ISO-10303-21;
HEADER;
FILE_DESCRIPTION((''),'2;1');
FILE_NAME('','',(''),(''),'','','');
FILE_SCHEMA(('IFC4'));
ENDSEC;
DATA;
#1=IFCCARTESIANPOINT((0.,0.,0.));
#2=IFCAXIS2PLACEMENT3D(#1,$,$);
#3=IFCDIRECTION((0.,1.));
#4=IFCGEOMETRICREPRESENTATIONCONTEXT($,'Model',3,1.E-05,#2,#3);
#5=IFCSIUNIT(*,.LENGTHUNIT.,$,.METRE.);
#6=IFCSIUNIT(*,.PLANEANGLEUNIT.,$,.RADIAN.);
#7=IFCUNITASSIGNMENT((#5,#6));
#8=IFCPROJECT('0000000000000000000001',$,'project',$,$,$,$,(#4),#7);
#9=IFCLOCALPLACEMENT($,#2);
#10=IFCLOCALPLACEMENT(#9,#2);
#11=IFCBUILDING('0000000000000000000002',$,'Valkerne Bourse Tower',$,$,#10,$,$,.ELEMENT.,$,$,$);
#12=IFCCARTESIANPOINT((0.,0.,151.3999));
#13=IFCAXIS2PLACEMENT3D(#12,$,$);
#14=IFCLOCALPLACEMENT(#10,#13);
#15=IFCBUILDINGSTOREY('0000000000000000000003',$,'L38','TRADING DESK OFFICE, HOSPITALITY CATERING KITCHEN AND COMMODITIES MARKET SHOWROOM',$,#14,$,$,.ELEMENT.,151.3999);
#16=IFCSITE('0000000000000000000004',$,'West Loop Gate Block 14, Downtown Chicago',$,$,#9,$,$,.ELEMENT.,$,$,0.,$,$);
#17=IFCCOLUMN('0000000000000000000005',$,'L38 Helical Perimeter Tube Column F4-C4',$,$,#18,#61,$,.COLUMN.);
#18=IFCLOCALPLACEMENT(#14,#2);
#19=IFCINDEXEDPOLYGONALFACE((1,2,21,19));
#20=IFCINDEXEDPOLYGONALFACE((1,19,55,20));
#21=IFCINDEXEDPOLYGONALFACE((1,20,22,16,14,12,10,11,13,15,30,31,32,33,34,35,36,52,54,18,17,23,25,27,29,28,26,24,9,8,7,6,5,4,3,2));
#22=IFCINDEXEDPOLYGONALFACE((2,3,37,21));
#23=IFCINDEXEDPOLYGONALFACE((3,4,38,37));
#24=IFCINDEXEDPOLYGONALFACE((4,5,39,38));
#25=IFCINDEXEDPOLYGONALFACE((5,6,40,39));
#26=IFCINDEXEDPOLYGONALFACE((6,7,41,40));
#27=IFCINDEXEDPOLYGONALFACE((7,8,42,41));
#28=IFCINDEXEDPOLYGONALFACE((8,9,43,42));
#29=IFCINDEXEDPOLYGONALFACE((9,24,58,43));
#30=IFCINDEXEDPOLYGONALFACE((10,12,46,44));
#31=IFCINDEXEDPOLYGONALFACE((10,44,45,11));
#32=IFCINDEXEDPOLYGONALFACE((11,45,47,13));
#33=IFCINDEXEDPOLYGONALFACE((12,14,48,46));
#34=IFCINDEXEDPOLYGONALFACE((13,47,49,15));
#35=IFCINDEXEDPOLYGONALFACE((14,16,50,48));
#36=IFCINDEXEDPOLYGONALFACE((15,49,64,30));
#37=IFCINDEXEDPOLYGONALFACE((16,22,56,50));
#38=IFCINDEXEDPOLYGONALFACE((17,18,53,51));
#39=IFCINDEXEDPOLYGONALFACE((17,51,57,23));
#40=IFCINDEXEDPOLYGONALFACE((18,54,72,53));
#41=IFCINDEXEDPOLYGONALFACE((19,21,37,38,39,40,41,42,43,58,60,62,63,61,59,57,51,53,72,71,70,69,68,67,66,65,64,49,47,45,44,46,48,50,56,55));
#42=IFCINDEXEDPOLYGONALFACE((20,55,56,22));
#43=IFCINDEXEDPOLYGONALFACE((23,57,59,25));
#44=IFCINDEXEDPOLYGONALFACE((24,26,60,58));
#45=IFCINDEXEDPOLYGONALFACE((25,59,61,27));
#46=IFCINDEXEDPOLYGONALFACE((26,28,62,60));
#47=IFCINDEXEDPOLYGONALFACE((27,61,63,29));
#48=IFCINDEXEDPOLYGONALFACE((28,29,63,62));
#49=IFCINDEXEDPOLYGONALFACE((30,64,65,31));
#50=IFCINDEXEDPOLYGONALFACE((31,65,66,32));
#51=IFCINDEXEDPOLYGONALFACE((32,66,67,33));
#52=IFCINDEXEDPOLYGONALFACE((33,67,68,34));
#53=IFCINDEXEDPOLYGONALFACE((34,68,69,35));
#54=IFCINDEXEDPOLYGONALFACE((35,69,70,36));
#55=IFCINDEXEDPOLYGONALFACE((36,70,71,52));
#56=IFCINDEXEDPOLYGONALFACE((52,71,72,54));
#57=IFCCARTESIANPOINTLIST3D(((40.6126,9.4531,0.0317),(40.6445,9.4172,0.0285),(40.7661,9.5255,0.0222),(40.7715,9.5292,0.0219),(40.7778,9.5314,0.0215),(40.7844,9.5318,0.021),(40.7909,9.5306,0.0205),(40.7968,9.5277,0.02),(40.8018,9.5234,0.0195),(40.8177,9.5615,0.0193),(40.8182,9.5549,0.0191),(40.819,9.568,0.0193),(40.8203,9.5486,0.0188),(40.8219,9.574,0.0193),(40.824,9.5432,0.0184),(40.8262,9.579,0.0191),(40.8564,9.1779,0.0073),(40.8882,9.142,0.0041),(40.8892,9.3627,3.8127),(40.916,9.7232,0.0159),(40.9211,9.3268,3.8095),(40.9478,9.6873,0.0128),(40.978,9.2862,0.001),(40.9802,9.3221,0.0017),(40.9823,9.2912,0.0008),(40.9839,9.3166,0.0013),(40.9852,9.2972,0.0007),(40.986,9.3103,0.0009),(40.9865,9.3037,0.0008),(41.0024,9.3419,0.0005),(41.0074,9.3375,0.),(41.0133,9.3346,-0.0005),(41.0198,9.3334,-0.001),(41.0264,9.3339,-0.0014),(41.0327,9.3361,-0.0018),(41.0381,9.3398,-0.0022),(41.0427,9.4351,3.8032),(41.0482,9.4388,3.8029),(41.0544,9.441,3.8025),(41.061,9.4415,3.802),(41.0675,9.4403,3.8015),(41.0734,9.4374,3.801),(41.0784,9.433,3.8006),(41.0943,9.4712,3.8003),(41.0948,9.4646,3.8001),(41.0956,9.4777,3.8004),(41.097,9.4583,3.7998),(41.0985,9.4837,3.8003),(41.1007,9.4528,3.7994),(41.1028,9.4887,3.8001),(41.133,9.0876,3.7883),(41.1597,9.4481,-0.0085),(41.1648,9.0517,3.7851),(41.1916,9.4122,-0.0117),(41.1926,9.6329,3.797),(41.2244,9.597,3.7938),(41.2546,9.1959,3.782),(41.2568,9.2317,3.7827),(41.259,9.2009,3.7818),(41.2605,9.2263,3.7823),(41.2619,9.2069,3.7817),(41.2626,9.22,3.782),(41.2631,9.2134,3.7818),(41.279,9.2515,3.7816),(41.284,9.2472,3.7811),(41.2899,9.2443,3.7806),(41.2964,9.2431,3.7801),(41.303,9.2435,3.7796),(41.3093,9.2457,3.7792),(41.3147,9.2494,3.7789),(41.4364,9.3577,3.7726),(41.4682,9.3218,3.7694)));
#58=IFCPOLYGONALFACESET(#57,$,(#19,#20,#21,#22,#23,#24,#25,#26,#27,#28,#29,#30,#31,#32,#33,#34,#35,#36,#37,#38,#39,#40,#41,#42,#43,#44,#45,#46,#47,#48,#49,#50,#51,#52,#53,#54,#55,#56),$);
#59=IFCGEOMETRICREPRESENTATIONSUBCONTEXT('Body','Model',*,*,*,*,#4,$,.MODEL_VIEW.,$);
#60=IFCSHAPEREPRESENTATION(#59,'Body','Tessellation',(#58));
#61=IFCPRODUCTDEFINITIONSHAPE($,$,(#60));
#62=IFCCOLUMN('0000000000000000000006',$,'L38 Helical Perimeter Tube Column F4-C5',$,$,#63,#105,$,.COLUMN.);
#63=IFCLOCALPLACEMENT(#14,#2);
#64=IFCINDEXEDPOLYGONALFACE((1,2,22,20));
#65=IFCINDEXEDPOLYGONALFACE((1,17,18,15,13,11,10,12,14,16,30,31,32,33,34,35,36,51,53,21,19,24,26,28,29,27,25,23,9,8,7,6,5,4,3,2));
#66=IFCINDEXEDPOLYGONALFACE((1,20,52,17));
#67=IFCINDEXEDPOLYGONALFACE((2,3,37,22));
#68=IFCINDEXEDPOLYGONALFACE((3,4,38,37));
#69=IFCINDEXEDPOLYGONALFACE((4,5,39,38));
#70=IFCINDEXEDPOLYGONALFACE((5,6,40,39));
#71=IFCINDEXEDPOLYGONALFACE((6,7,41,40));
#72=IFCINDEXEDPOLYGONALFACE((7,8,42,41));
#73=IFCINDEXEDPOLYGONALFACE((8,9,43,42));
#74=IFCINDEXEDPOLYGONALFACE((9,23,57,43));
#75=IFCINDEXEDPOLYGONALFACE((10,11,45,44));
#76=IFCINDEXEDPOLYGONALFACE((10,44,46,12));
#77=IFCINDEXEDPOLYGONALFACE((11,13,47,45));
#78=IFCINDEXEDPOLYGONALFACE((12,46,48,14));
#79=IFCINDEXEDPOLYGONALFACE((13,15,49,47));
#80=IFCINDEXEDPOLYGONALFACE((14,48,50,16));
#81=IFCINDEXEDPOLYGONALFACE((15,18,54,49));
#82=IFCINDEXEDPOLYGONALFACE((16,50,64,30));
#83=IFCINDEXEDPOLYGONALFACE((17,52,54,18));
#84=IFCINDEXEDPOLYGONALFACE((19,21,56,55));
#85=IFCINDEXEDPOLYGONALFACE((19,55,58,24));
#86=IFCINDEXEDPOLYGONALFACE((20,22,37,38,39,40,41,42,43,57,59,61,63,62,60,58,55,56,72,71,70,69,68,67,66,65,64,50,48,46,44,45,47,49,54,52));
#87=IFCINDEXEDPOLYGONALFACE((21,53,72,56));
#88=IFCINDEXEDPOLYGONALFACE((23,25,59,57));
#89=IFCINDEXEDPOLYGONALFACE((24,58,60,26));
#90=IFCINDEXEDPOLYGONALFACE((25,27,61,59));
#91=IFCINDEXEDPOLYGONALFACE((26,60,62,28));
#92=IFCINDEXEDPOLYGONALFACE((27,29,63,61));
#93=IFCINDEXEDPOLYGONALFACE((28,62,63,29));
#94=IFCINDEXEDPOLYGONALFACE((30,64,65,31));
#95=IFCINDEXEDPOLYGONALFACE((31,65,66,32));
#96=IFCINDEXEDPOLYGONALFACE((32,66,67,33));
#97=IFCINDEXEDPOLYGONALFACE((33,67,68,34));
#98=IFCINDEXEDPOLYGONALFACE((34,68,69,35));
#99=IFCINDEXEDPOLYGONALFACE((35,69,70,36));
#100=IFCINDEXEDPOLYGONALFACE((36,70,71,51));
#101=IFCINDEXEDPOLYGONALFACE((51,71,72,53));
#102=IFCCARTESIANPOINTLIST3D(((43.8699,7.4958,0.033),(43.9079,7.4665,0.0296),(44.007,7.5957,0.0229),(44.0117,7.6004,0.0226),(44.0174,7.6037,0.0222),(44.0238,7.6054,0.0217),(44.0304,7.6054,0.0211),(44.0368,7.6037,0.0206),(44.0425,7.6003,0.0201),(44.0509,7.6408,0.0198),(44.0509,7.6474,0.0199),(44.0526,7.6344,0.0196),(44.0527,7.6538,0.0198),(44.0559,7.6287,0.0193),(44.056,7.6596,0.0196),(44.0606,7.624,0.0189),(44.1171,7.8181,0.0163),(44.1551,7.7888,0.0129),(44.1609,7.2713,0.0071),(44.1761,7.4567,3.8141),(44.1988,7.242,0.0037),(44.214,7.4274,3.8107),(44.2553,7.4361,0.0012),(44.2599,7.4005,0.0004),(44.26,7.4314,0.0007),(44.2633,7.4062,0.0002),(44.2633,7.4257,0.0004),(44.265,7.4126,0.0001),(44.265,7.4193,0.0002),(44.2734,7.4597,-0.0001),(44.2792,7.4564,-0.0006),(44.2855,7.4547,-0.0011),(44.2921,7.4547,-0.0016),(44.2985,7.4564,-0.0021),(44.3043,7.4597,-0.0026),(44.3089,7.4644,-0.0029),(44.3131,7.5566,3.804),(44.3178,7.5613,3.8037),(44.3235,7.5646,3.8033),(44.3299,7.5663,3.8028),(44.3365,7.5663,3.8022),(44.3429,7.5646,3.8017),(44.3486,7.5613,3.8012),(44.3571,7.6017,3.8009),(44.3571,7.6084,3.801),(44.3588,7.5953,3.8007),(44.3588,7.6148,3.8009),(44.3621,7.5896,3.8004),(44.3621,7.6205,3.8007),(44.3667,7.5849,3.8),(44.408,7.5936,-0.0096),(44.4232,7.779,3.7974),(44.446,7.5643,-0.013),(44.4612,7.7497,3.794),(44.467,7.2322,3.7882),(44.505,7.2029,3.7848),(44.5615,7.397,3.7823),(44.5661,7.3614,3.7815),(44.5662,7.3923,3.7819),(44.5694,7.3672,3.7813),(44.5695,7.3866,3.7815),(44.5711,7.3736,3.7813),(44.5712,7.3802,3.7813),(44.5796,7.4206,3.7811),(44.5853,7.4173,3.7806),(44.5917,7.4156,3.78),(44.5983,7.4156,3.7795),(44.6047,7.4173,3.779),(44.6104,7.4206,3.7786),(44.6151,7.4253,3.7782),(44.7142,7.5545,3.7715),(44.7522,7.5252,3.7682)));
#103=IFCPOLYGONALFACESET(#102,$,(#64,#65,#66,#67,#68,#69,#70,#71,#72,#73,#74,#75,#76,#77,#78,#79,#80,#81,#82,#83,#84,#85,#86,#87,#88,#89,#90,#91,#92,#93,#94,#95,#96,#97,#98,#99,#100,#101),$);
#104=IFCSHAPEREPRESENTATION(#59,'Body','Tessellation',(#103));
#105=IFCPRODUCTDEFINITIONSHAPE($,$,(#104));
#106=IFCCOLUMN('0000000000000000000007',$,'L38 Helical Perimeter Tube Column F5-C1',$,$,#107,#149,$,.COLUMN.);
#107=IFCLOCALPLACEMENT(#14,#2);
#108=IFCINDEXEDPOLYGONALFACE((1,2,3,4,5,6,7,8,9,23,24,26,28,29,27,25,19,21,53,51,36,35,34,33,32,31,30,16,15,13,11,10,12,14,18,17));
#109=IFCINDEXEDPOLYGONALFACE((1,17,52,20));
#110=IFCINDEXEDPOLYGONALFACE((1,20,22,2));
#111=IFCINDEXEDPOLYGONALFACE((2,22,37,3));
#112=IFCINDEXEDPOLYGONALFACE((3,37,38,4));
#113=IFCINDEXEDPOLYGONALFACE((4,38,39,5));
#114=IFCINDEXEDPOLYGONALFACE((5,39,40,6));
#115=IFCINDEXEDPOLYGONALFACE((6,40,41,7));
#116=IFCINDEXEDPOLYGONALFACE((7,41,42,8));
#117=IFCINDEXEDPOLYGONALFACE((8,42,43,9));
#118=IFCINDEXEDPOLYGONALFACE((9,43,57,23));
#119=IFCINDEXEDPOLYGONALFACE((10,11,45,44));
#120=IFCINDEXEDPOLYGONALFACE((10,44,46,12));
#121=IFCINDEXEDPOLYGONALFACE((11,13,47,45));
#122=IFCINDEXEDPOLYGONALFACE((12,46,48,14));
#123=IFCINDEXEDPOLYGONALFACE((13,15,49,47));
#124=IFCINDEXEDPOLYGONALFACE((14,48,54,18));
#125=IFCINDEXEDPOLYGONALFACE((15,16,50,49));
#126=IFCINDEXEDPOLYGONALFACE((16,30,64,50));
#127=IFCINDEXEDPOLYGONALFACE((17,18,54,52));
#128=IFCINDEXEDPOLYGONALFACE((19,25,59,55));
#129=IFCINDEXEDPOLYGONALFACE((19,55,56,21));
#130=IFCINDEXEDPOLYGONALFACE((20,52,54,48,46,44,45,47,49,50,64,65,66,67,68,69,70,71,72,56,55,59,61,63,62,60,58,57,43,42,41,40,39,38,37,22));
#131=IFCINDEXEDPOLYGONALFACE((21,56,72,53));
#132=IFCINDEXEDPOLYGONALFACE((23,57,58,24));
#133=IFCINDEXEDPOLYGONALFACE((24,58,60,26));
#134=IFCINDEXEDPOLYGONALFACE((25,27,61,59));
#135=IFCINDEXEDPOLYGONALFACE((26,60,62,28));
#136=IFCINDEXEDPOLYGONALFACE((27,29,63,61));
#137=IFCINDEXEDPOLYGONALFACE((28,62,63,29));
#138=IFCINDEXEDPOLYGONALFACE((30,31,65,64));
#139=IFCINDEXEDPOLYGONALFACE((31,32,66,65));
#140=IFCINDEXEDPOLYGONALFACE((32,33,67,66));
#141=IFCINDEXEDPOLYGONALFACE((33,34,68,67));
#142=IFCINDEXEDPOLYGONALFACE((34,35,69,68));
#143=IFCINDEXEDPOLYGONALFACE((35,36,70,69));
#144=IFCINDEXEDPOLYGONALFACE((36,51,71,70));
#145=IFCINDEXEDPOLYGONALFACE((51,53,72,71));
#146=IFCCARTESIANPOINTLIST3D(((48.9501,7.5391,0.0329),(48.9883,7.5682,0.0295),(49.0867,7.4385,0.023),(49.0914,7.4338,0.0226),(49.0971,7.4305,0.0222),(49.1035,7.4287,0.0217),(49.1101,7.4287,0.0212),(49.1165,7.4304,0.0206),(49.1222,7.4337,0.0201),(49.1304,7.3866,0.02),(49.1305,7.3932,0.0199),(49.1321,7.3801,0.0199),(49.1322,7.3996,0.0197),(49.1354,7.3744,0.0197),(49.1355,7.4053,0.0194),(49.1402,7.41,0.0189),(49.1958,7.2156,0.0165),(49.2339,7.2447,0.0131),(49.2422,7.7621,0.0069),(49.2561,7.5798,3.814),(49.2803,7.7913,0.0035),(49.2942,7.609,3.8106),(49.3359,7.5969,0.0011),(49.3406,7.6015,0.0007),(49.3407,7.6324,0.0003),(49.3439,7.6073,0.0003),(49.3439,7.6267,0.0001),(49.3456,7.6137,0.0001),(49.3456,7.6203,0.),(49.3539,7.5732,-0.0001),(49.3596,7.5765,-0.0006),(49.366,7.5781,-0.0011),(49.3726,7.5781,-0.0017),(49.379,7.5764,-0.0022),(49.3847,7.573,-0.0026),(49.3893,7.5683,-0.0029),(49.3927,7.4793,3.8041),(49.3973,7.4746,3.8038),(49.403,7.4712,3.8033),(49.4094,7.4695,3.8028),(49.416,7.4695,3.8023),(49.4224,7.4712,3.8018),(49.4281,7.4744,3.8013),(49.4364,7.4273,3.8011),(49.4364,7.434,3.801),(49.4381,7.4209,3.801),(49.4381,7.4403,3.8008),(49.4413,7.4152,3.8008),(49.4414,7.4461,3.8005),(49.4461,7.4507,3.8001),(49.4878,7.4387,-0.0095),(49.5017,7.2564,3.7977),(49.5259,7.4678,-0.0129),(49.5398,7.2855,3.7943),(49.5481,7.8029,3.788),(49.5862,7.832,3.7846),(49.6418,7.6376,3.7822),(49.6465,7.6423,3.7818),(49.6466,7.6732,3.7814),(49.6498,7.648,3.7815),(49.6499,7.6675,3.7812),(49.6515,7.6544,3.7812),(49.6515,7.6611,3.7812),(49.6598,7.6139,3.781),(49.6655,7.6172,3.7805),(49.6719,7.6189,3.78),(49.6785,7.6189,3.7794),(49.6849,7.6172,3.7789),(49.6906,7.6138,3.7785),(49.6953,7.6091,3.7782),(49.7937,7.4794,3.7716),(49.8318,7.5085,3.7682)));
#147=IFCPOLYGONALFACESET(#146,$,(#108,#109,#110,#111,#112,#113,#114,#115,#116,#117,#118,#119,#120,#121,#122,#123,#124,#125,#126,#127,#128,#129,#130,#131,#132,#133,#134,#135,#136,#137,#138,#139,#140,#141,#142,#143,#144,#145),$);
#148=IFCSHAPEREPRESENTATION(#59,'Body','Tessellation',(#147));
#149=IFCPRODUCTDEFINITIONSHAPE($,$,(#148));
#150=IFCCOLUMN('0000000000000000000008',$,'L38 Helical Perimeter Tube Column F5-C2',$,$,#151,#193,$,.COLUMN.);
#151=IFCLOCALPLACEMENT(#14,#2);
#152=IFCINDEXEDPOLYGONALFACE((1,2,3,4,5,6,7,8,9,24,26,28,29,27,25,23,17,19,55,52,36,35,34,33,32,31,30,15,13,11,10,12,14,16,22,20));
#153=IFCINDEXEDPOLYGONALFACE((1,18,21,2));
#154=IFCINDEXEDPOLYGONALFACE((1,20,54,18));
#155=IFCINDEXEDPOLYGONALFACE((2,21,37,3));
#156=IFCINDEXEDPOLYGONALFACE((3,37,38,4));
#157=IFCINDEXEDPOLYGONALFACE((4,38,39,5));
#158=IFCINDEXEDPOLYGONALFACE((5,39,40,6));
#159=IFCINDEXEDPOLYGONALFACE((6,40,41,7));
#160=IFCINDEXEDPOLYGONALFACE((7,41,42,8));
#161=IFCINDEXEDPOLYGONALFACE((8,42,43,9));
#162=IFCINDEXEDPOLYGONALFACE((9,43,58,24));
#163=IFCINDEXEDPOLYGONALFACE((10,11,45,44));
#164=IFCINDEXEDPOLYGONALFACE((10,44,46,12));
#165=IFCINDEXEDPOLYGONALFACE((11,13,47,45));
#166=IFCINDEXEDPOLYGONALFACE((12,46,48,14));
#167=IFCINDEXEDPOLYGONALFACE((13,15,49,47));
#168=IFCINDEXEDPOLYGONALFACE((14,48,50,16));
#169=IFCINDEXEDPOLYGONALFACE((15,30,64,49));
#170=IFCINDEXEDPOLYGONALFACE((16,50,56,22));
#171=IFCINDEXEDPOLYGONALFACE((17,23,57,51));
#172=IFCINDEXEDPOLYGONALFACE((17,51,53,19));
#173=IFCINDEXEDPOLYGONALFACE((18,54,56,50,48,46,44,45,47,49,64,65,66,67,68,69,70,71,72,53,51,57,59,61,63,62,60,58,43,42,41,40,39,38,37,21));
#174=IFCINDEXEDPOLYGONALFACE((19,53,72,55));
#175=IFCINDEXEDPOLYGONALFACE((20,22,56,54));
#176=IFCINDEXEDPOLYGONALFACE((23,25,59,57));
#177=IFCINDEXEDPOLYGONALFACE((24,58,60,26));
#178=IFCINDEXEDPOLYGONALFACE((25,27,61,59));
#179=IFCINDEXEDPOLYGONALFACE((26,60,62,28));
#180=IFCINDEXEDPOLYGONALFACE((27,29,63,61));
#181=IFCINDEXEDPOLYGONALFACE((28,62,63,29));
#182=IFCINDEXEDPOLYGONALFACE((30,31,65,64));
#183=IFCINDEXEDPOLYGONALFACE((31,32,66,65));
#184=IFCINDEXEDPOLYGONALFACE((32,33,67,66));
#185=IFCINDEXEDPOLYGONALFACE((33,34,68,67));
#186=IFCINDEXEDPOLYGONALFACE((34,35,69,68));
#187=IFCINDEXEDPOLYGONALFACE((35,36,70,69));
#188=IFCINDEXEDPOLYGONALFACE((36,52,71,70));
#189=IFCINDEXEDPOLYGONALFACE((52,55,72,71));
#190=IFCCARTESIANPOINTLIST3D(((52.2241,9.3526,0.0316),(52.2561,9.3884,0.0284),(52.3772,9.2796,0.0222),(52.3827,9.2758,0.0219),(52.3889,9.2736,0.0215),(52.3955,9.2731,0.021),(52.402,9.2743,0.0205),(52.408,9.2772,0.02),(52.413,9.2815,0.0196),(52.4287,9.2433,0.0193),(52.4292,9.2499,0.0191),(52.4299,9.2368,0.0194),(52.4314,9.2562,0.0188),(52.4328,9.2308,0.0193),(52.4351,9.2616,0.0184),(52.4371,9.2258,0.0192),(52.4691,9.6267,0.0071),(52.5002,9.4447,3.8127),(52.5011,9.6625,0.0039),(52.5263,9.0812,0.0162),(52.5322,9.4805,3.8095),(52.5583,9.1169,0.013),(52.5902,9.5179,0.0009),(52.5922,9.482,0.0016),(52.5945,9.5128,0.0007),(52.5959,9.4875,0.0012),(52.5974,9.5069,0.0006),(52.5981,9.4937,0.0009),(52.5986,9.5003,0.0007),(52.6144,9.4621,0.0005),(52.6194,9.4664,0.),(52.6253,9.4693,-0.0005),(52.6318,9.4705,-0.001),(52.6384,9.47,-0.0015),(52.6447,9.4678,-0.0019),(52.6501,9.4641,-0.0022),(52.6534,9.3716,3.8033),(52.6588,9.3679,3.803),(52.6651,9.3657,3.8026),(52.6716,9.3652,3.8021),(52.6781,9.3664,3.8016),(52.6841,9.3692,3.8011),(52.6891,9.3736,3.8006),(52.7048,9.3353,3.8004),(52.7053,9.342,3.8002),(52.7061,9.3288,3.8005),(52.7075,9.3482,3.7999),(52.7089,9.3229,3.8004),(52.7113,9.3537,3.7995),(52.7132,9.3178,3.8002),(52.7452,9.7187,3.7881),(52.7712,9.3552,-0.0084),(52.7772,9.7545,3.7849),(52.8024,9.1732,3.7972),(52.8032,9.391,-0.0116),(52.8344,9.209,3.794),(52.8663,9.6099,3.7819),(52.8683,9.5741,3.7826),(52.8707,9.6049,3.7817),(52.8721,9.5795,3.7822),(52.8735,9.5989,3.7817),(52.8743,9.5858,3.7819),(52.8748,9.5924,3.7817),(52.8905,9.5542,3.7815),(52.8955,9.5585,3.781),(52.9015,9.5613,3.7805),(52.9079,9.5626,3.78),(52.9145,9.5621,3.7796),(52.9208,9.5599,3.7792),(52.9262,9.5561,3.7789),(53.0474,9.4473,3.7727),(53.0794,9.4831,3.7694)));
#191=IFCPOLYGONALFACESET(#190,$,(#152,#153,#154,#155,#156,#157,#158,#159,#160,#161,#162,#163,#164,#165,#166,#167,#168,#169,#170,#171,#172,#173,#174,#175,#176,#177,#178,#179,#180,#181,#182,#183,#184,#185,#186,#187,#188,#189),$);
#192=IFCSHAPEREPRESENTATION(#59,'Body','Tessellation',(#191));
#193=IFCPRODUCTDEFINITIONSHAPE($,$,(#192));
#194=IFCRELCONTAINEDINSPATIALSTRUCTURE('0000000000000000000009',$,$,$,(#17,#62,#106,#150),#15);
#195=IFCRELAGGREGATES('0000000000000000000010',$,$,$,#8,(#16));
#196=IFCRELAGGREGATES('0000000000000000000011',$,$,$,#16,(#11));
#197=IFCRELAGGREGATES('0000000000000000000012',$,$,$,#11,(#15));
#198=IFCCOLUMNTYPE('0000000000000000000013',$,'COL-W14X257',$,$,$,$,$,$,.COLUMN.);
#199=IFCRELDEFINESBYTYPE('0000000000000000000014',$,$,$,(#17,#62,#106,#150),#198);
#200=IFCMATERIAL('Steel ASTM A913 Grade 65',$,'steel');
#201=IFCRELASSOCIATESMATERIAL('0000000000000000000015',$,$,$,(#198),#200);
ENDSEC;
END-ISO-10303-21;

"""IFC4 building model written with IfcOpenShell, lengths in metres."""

from ifc_helpers import new_model, si_unit, direction, frame, origin, origin_2d, place, context, subcontext, project, spatial, i_section, extrude, material, material_profile, profile_set, type_object, element, save


model = new_model("IFC4")

# Units and contexts
model_context = context("Model", 3, precision=1e-05, world=origin(), true_north=direction((0.0, 1.0)))
body_context = subcontext(model_context, "Body", "Model", "MODEL_VIEW")
ifc_project = project(units=[si_unit("LENGTHUNIT", "METRE"), si_unit("PLANEANGLEUNIT", "RADIAN")], contexts=[model_context])

# Site, building, storey
site_placement = place(None, origin())
site = spatial("IfcSite", under=ifc_project, at=site_placement, Name="West Loop Gate Block 14, Downtown Chicago", CompositionType="ELEMENT", RefElevation=0.0)
building_placement = place(site_placement, origin())
building = spatial("IfcBuilding", under=site, at=building_placement, Name="Valkerne Bourse Tower", CompositionType="ELEMENT")
storey_placement = place(building_placement, frame((0.0, 0.0, 151.3999)))
storey = spatial("IfcBuildingStorey", under=building, at=storey_placement, Name="L38", Description="TRADING DESK OFFICE, HOSPITALITY CATERING KITCHEN AND COMMODITIES MARKET SHOWROOM", CompositionType="ELEMENT", Elevation=151.3999)

# Columns
ifc_material_1 = material(Name="Steel ASTM A913 Grade 65", Category="steel")
ifc_material_profile_1 = material_profile(ifc_material_1, i_section(OverallWidth=0.4065, OverallDepth=0.4165, WebThickness=0.0298, FlangeThickness=0.0481, FilletRadius=0.0254, at=origin_2d()), Name="W14X257")
ifc_profile_set_1 = profile_set([ifc_material_profile_1], Name="Steel ASTM A913 Grade 65")
column_type = type_object("IfcColumnType", Name="COL-W14X257", PredefinedType="COLUMN", material=ifc_profile_set_1)
column_1_placement = place(storey_placement, frame((40.9021, 9.4326, 0.01), z_axis=(0.072942, -0.023821, 0.997052), x_axis=(0.746214, 0.66458, -0.038714)))
element("IfcColumn", 1, at=column_1_placement, inside=storey, type_object=column_type, Name="L38 Helical Perimeter Tube Column F4-C4", PredefinedType="COLUMN", context=body_context, shape_type="SweptSolid", body=[
    extrude(i_section(OverallWidth=0.4065, OverallDepth=0.4165, WebThickness=0.0298, FlangeThickness=0.0481, FilletRadius=0.0254, at=origin_2d()), origin(), (0.0, 0.0, 1.0), 3.7922),
])
for number, where, z_axis, x_axis, name in (
    (2, (44.158, 7.53, 0.01), (0.080703, -0.010297, 0.996685), (0.608087, 0.792808, -0.041047), "L38 Helical Perimeter Tube Column F4-C5"),
    (3, (49.238, 7.5034, 0.01), (0.080638, 0.010747, 0.996685), (-0.604245, 0.795779, 0.040306), "L38 Helical Perimeter Tube Column F5-C1"),
):
    element("IfcColumn", number, at=place(storey_placement, frame(where, z_axis=z_axis, x_axis=x_axis)), inside=storey, type_object=column_type, Name=name, PredefinedType="COLUMN", context=body_context, shape_type="SweptSolid", body=[
        extrude(i_section(OverallWidth=0.4065, OverallDepth=0.4165, WebThickness=0.0298, FlangeThickness=0.0481, FilletRadius=0.0254, at=origin_2d()), origin(), (0.0, 0.0, 1.0), 3.7937),
    ])
column_2_placement = place(storey_placement, frame((52.5137, 9.3718, 0.01), z_axis=(0.072814, 0.024271, 0.99705), x_axis=(-0.743332, 0.667841, 0.038028)))
element("IfcColumn", 4, at=column_2_placement, inside=storey, type_object=column_type, Name="L38 Helical Perimeter Tube Column F5-C2", PredefinedType="COLUMN", context=body_context, shape_type="SweptSolid", body=[
    extrude(i_section(OverallWidth=0.4065, OverallDepth=0.4165, WebThickness=0.0298, FlangeThickness=0.0481, FilletRadius=0.0254, at=origin_2d()), origin(), (0.0, 0.0, 1.0), 3.7922),
])

save(model, "model.ifc")
